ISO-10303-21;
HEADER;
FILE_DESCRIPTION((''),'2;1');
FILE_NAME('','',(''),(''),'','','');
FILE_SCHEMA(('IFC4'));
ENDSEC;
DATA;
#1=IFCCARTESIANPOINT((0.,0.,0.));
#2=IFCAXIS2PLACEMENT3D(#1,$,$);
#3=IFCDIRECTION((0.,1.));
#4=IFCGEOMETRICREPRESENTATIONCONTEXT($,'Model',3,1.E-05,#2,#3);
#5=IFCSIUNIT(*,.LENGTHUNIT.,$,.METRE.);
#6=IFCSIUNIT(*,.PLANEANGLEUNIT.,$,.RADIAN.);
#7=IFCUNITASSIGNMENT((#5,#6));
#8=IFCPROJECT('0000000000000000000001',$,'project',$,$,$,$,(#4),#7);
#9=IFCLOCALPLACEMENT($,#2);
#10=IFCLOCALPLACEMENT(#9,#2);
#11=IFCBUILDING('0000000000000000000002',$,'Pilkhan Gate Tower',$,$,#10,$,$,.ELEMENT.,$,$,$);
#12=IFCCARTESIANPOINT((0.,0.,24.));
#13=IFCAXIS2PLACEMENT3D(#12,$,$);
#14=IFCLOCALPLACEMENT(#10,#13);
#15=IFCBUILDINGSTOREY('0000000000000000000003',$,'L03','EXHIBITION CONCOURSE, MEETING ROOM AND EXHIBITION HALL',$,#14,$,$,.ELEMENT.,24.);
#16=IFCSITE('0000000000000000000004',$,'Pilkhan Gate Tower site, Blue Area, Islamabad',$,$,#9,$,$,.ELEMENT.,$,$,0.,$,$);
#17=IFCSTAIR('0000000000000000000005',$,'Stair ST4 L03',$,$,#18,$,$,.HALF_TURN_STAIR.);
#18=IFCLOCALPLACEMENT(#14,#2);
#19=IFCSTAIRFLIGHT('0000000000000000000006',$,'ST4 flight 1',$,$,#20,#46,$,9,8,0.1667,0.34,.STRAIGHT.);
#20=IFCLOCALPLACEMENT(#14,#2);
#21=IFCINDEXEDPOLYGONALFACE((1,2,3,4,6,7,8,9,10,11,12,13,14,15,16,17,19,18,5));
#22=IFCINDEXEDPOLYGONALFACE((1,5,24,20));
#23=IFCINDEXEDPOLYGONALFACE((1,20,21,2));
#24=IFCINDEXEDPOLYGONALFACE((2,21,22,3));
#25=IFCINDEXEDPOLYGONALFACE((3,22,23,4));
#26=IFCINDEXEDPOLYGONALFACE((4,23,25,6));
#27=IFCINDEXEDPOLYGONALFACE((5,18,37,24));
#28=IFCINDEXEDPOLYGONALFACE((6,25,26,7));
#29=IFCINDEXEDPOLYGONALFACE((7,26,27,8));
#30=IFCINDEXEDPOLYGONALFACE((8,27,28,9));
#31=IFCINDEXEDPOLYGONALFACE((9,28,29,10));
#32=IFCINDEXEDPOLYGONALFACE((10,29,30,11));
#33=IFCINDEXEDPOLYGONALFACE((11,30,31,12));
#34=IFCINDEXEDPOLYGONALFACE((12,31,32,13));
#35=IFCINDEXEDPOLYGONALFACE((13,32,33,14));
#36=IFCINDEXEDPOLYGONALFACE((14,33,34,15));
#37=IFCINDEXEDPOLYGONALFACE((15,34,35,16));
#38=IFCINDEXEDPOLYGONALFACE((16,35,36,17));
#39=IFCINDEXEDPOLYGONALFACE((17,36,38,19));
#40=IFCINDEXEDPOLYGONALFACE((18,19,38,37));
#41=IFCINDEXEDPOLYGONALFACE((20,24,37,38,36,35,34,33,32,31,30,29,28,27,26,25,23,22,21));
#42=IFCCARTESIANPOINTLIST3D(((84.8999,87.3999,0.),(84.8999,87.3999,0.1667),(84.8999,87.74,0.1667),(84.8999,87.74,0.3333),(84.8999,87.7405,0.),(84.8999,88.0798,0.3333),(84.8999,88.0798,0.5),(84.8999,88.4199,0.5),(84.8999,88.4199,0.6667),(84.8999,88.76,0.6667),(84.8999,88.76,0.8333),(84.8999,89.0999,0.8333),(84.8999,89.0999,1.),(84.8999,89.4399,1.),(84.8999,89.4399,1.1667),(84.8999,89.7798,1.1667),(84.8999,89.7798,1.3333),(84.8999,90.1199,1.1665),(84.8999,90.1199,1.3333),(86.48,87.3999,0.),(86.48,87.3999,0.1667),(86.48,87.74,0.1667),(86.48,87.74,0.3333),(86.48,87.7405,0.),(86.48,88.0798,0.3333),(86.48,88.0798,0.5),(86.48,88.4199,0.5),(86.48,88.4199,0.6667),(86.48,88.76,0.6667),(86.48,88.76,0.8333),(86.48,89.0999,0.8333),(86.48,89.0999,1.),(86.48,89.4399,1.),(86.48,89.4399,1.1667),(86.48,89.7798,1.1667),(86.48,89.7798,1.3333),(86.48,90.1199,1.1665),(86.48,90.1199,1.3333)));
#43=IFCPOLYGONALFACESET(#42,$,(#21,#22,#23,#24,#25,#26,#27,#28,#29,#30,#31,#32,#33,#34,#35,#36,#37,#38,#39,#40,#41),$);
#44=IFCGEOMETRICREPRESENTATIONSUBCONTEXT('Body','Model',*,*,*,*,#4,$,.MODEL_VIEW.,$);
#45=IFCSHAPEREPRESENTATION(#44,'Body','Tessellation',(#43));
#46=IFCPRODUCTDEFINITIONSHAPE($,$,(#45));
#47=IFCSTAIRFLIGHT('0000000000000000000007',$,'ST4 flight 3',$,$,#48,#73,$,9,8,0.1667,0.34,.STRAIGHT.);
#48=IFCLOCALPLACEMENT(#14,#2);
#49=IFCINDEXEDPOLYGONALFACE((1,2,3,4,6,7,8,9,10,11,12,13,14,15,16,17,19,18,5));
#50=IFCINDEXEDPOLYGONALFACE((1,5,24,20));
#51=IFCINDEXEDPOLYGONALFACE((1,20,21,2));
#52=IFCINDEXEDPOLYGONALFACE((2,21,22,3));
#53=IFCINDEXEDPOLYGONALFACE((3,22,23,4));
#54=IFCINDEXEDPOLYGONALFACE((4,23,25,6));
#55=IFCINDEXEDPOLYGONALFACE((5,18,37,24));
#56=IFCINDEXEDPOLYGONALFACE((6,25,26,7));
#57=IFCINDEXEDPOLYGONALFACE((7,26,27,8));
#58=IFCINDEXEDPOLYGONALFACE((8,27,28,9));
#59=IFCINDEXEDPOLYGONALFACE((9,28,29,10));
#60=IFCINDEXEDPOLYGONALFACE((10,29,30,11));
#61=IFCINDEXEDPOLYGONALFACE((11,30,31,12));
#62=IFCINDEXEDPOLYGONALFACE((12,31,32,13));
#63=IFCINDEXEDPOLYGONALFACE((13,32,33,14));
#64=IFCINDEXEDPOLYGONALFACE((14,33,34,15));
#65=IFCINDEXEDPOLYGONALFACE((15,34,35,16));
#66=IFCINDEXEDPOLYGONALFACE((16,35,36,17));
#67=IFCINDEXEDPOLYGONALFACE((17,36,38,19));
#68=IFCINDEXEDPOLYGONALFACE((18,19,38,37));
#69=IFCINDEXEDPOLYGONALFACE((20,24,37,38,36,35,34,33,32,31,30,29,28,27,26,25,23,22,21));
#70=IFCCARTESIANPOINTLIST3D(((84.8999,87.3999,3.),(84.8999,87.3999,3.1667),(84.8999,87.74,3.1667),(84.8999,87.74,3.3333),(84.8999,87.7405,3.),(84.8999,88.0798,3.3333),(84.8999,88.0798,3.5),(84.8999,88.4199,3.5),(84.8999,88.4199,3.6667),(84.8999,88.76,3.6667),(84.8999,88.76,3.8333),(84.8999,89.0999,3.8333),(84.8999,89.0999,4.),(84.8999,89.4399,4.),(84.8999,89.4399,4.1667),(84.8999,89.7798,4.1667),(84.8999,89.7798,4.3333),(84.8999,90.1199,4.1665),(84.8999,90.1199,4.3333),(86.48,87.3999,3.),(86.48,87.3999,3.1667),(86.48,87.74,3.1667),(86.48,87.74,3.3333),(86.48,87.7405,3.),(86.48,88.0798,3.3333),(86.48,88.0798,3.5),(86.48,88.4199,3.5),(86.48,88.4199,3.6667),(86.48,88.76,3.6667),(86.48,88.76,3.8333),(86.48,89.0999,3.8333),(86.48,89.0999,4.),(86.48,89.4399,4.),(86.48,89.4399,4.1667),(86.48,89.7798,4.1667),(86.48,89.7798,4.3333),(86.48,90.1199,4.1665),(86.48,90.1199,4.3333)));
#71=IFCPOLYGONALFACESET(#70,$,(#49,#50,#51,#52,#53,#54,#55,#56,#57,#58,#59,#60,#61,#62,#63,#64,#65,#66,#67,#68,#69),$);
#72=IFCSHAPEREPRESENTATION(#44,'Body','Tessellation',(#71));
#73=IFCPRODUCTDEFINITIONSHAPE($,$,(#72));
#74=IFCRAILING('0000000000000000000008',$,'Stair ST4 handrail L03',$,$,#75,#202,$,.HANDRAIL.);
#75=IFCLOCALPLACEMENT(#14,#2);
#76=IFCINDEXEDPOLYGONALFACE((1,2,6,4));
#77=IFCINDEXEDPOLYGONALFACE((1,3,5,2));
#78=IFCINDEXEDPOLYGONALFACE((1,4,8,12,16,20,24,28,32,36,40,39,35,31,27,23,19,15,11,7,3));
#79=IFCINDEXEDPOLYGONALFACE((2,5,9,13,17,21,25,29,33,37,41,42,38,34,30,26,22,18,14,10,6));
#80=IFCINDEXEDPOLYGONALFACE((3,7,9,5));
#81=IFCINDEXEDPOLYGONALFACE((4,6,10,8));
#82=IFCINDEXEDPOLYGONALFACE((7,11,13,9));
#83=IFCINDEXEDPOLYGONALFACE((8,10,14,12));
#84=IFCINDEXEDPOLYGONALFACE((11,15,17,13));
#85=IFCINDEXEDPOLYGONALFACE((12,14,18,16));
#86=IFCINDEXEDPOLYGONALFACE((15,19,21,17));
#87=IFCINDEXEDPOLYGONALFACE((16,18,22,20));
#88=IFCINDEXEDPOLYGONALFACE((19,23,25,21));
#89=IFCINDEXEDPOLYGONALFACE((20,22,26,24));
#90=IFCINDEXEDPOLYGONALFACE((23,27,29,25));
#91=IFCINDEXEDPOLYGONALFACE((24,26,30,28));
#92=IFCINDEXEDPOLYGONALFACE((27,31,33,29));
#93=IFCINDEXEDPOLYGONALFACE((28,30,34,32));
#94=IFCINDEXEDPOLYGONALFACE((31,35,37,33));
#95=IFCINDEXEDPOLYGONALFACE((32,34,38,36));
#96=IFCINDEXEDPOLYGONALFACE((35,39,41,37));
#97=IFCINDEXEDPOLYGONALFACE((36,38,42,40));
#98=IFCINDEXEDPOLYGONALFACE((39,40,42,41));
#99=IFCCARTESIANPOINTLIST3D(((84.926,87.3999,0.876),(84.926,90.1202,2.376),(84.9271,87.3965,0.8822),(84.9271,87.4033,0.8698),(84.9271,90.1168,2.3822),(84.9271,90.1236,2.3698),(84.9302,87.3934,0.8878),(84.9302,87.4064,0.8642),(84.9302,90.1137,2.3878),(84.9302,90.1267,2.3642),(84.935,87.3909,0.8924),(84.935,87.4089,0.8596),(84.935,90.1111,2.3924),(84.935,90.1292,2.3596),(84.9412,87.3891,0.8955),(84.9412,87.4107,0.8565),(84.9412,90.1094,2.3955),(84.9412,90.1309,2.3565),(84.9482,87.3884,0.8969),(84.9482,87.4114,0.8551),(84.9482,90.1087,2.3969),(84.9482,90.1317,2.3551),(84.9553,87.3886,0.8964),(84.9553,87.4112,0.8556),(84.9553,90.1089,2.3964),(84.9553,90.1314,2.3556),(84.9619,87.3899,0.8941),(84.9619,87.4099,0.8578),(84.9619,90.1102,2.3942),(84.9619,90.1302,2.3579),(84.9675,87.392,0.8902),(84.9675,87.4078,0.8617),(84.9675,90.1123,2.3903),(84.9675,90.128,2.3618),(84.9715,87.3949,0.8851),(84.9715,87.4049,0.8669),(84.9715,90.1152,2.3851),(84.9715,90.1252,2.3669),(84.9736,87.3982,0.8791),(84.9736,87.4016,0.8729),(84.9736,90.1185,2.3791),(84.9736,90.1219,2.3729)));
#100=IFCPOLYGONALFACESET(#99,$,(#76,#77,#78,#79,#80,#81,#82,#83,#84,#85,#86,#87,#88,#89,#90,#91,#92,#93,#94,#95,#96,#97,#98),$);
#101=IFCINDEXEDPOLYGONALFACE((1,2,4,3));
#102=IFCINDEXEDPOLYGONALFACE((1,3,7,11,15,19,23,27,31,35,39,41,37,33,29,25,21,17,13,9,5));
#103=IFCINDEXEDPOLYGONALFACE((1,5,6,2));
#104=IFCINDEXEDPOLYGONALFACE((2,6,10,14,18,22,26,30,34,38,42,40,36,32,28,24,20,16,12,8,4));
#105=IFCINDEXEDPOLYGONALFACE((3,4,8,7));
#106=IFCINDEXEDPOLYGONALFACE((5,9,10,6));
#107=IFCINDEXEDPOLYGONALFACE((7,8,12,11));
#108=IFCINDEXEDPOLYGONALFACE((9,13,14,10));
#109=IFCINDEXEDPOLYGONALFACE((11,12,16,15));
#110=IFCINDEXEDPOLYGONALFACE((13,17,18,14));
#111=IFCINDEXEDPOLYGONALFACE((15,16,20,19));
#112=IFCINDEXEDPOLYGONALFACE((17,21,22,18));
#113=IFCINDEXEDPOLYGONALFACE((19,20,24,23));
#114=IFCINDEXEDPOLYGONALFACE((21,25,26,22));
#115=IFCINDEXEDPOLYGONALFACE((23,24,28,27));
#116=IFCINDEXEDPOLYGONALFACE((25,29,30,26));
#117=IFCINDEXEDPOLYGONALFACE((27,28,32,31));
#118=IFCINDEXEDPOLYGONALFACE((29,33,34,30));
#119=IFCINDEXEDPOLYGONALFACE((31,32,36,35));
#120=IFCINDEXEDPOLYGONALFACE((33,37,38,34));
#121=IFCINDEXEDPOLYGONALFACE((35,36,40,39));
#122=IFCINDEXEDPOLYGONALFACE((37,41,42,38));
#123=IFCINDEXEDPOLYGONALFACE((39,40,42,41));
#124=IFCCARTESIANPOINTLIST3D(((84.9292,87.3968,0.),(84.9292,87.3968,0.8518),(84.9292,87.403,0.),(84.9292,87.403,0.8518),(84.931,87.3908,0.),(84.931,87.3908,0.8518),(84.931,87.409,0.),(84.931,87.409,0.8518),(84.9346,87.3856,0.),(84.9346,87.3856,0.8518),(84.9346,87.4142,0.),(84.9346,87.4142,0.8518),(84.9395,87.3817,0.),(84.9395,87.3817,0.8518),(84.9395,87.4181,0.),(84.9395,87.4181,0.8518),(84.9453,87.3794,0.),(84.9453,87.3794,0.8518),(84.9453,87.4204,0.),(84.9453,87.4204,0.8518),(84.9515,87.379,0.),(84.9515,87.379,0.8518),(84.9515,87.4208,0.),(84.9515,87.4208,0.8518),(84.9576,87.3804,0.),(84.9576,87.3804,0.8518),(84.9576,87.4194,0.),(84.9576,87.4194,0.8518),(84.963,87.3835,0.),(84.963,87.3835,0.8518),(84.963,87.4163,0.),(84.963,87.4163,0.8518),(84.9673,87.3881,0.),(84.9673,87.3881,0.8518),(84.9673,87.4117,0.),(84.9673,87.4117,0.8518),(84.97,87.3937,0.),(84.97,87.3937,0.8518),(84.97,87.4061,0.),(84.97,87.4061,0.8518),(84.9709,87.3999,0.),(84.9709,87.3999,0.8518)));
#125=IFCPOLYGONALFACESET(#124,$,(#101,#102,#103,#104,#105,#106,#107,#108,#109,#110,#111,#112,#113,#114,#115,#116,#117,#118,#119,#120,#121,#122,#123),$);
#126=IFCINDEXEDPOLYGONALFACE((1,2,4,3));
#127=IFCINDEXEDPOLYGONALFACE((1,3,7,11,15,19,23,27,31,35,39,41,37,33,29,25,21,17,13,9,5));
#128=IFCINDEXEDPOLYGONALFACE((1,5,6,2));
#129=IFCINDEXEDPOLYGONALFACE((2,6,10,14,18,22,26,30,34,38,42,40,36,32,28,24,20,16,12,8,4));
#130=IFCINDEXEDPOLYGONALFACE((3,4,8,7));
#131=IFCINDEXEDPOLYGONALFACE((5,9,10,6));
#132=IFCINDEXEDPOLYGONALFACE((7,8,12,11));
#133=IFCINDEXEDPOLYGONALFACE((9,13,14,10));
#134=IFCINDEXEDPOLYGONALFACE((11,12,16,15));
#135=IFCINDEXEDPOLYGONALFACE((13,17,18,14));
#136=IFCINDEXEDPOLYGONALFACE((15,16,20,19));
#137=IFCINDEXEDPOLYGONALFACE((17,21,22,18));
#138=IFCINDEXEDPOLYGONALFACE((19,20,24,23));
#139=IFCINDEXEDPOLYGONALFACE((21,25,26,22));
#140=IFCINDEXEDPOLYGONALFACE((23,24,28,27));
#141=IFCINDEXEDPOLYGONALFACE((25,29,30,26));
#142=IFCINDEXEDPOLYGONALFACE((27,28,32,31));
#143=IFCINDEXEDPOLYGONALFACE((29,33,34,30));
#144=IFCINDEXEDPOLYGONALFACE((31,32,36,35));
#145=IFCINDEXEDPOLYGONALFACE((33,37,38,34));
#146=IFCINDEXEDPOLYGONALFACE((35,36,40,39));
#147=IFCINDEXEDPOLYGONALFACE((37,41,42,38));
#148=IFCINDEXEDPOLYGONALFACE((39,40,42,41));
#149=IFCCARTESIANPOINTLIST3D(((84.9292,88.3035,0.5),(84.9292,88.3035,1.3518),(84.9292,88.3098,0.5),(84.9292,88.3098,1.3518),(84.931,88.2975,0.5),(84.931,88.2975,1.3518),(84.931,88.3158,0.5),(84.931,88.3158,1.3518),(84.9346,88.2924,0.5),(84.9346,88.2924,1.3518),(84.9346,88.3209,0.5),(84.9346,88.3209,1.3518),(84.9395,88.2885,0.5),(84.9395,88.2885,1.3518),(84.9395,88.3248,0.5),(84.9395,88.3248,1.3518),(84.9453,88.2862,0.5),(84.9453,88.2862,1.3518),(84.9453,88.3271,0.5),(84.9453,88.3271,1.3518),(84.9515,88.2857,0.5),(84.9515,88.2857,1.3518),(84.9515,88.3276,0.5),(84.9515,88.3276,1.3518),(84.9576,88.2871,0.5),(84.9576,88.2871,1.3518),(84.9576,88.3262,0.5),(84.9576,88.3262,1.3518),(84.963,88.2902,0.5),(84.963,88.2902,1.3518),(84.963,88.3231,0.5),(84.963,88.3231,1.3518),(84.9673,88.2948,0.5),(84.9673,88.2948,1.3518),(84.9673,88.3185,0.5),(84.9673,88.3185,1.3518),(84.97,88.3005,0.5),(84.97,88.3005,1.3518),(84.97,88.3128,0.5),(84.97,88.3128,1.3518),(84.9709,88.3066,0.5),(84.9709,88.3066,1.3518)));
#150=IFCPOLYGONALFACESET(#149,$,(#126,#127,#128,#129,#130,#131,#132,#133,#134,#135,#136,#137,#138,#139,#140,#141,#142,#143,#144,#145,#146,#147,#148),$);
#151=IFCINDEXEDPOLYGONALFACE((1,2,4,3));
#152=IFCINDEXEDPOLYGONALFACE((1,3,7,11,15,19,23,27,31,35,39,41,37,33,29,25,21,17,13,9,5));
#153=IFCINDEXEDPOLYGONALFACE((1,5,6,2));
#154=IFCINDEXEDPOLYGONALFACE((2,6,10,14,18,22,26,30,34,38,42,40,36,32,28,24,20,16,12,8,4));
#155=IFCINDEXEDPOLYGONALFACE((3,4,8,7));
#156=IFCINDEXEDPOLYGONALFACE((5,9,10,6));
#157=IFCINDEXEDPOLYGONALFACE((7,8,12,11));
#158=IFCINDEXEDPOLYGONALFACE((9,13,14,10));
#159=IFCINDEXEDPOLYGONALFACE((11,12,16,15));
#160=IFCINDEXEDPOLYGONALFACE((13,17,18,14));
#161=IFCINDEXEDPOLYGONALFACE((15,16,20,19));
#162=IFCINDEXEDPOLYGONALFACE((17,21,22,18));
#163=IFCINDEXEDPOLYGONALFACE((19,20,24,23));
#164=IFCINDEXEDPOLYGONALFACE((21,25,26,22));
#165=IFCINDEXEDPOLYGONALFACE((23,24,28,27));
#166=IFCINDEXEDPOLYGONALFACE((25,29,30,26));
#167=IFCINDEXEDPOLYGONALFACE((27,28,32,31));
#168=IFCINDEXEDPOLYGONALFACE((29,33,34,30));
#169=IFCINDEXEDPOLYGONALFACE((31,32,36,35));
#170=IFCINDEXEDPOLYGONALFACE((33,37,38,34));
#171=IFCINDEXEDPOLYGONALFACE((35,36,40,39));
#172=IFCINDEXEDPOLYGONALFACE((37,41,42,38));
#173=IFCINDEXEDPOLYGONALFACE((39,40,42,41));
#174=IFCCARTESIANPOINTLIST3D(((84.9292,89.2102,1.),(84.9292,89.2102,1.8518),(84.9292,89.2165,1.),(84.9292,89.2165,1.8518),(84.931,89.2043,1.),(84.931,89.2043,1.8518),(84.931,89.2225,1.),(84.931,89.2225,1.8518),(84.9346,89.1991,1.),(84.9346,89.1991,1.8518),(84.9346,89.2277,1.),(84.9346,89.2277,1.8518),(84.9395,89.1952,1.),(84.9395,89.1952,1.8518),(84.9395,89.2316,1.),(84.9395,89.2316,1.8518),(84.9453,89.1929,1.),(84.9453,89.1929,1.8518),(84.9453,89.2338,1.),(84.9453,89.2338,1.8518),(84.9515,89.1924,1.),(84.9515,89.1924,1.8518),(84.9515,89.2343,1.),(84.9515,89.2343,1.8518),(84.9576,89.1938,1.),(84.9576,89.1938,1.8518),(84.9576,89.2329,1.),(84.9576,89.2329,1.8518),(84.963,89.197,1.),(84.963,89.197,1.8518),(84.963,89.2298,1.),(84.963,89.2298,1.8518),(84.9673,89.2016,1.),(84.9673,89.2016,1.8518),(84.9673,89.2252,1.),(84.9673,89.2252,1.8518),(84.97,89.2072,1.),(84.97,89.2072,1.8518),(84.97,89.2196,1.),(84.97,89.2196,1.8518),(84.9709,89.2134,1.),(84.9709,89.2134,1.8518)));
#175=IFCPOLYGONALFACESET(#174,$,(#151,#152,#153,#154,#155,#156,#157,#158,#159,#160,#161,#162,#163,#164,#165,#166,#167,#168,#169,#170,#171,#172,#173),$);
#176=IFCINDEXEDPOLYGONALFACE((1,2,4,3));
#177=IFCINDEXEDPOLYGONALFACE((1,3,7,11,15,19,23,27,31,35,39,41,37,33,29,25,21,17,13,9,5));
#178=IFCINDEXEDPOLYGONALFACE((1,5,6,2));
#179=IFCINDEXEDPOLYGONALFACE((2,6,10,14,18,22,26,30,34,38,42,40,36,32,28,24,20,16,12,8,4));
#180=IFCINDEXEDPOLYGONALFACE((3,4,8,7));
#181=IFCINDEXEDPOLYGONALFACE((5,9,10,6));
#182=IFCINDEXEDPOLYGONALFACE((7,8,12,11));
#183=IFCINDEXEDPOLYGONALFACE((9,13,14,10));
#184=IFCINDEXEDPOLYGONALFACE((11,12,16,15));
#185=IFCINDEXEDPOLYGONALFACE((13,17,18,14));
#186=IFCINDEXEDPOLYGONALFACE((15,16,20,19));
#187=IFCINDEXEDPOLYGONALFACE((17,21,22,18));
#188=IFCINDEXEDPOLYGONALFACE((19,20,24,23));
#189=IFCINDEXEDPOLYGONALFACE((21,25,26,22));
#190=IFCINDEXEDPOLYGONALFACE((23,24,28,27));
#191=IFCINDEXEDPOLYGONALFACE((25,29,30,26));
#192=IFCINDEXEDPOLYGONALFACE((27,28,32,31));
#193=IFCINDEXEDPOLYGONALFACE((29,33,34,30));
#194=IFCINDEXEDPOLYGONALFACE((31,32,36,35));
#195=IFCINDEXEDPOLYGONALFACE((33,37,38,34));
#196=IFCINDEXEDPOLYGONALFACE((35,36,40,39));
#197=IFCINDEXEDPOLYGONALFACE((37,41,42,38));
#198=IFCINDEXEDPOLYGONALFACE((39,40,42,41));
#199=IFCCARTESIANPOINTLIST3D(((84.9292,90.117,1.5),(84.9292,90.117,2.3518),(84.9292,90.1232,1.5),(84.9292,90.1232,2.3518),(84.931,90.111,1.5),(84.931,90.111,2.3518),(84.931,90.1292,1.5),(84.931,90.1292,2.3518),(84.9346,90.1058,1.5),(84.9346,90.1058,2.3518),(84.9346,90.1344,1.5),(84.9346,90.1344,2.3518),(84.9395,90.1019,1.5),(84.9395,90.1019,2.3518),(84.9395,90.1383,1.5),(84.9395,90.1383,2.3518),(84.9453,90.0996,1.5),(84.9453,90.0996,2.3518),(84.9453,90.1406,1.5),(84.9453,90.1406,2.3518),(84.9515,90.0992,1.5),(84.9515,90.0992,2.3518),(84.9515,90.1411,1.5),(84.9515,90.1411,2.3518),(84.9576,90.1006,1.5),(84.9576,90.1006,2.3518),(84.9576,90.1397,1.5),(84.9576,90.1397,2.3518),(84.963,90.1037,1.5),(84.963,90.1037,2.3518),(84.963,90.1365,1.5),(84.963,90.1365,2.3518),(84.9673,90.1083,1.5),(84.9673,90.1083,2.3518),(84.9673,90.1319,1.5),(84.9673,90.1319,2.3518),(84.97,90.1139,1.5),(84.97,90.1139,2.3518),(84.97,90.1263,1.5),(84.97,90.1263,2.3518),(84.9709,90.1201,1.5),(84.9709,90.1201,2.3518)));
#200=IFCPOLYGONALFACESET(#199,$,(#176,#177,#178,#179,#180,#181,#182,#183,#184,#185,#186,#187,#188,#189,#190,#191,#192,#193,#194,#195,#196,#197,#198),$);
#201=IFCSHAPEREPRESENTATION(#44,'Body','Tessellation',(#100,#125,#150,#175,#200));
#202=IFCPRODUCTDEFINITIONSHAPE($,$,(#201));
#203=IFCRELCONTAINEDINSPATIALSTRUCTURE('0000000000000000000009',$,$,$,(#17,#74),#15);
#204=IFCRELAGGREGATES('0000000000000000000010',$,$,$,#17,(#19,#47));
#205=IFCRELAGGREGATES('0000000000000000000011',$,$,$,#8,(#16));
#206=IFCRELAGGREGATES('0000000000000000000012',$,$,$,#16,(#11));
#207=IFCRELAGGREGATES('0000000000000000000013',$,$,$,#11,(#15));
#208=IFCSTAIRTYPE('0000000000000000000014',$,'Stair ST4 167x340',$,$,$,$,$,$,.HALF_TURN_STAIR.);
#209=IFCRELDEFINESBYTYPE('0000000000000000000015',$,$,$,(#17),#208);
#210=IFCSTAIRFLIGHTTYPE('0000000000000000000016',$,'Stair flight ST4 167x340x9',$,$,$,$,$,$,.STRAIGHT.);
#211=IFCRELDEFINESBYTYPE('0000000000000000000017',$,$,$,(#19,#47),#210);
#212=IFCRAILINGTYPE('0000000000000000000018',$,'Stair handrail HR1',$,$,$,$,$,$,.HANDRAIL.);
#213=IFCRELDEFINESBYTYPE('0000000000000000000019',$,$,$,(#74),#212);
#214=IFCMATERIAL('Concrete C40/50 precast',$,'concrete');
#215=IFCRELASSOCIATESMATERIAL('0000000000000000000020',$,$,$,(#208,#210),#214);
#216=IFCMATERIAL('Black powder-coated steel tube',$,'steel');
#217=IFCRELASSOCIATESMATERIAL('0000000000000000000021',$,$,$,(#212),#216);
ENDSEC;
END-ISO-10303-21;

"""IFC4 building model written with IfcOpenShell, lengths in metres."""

from ifc_helpers import new_model, si_unit, direction, frame, origin, origin_2d, place, context, subcontext, project, spatial, polyline, circle, outline, extrude, material, type_object, element, aggregate, save


model = new_model("IFC4")

# Units and contexts
model_context = context("Model", 3, precision=1e-05, world=origin(), true_north=direction((0.0, 1.0)))
body_context = subcontext(model_context, "Body", "Model", "MODEL_VIEW")
ifc_project = project(units=[si_unit("LENGTHUNIT", "METRE"), si_unit("PLANEANGLEUNIT", "RADIAN")], contexts=[model_context])

# Site, building, storey
site_placement = place(None, origin())
site = spatial("IfcSite", under=ifc_project, at=site_placement, Name="Pilkhan Gate Tower site, Blue Area, Islamabad", CompositionType="ELEMENT", RefElevation=0.0)
building_placement = place(site_placement, origin())
building = spatial("IfcBuilding", under=site, at=building_placement, Name="Pilkhan Gate Tower", CompositionType="ELEMENT")
storey_placement = place(building_placement, frame((0.0, 0.0, 24.0)))
storey = spatial("IfcBuildingStorey", under=building, at=storey_placement, Name="L03", Description="EXHIBITION CONCOURSE, MEETING ROOM AND EXHIBITION HALL", CompositionType="ELEMENT", Elevation=24.0)

# Stair, stair flights
ifc_material_1 = material(Name="Concrete C40/50 precast", Category="concrete")
stair_type = type_object("IfcStairType", Name="Stair ST4 167x340", PredefinedType="HALF_TURN_STAIR", material=ifc_material_1)
stair_placement = place(storey_placement, origin())
stair = element("IfcStair", 1, at=stair_placement, inside=storey, type_object=stair_type, Name="Stair ST4 L03", PredefinedType="HALF_TURN_STAIR")
stair_flight_type = type_object("IfcStairFlightType", Name="Stair flight ST4 167x340x9", PredefinedType="STRAIGHT", material=ifc_material_1)
stair_flight_1_placement = place(storey_placement, frame((85.6899, 87.3999, 0.0), z_axis=(0.0, 0.0, 1.0), x_axis=(0.0, 1.0, 0.0)))
stair_flight_1 = element("IfcStairFlight", 2, at=stair_flight_1_placement, type_object=stair_flight_type, Name="ST4 flight 1", NumberOfRisers=9, NumberOfTreads=8, PredefinedType="STRAIGHT", RiserHeight=0.1667, TreadLength=0.34, context=body_context, shape_type="SweptSolid", body=[
    extrude(outline(polyline([(0.0, 0.0), (0.0, 0.1667), (0.3401, 0.1667), (0.3401, 0.3333), (0.6799, 0.3333), (0.6799, 0.5), (1.02, 0.5), (1.02, 0.6667), (1.3601, 0.6667), (1.3601, 0.8333), (1.7, 0.8333), (1.7, 1.0), (2.04, 1.0), (2.04, 1.1667), (2.3799, 1.1667), (2.3799, 1.3333), (2.72, 1.3333), (2.72, 1.5), (2.72, 1.1665), (0.3406, 0.0), (0.0, 0.0)])), frame((0.0, 0.79, 0.0), z_axis=(0.0, -1.0, 0.0), x_axis=(1.0, 0.0, 0.0)), (0.0, 0.0, 1.0), 1.5801),
])
stair_flight_2_placement = place(storey_placement, frame((85.6899, 87.3999, 3.0), z_axis=(0.0, 0.0, 1.0), x_axis=(0.0, 1.0, 0.0)))
stair_flight_2 = element("IfcStairFlight", 3, at=stair_flight_2_placement, type_object=stair_flight_type, Name="ST4 flight 3", NumberOfRisers=9, NumberOfTreads=8, PredefinedType="STRAIGHT", RiserHeight=0.1667, TreadLength=0.34, context=body_context, shape_type="SweptSolid", body=[
    extrude(outline(polyline([(0.0, 0.0), (0.0, 0.1667), (0.3401, 0.1667), (0.3401, 0.3333), (0.6799, 0.3333), (0.6799, 0.5), (1.02, 0.5), (1.02, 0.6667), (1.3601, 0.6667), (1.3601, 0.8333), (1.7, 0.8333), (1.7, 1.0), (2.04, 1.0), (2.04, 1.1667), (2.3799, 1.1667), (2.3799, 1.3333), (2.72, 1.3333), (2.72, 1.5), (2.72, 1.1665), (0.3406, 0.0), (0.0, 0.0)])), frame((0.0, 0.79, 0.0), z_axis=(0.0, -1.0, 0.0), x_axis=(1.0, 0.0, 0.0)), (0.0, 0.0, 1.0), 1.5801),
])
aggregate(stair, [stair_flight_1, stair_flight_2])

# Railing
ifc_material_2 = material(Name="Black powder-coated steel tube", Category="steel")
railing_type = type_object("IfcRailingType", Name="Stair handrail HR1", PredefinedType="HANDRAIL", material=ifc_material_2)
for number, where, name in (
    (4, (84.95, 87.3999, 0.0), "Stair ST4 handrail L03"),
):
    element("IfcRailing", number, at=place(storey_placement, frame(where)), inside=storey, type_object=railing_type, Name=name, PredefinedType="HANDRAIL", context=body_context, shape_type="SweptSolid", body=[
        extrude(circle(Radius=0.0239, at=origin_2d()), frame((0.0, 0.0, 0.876), z_axis=(0.0, 0.875688, 0.482878), x_axis=(-1.0, 0.0, 0.0)), (0.0, 0.0, 1.0), 3.1064),
        extrude(circle(Radius=0.021, at=origin_2d()), origin(), (0.0, 0.0, 1.0), 0.8518),
        extrude(circle(Radius=0.021, at=origin_2d()), frame((0.0, 0.9067, 0.5)), (0.0, 0.0, 1.0), 0.8518),
        extrude(circle(Radius=0.021, at=origin_2d()), frame((0.0, 1.8135, 1.0)), (0.0, 0.0, 1.0), 0.8518),
        extrude(circle(Radius=0.021, at=origin_2d()), frame((0.0, 2.7202, 1.5)), (0.0, 0.0, 1.0), 0.8518),
    ])

save(model, "model.ifc")
